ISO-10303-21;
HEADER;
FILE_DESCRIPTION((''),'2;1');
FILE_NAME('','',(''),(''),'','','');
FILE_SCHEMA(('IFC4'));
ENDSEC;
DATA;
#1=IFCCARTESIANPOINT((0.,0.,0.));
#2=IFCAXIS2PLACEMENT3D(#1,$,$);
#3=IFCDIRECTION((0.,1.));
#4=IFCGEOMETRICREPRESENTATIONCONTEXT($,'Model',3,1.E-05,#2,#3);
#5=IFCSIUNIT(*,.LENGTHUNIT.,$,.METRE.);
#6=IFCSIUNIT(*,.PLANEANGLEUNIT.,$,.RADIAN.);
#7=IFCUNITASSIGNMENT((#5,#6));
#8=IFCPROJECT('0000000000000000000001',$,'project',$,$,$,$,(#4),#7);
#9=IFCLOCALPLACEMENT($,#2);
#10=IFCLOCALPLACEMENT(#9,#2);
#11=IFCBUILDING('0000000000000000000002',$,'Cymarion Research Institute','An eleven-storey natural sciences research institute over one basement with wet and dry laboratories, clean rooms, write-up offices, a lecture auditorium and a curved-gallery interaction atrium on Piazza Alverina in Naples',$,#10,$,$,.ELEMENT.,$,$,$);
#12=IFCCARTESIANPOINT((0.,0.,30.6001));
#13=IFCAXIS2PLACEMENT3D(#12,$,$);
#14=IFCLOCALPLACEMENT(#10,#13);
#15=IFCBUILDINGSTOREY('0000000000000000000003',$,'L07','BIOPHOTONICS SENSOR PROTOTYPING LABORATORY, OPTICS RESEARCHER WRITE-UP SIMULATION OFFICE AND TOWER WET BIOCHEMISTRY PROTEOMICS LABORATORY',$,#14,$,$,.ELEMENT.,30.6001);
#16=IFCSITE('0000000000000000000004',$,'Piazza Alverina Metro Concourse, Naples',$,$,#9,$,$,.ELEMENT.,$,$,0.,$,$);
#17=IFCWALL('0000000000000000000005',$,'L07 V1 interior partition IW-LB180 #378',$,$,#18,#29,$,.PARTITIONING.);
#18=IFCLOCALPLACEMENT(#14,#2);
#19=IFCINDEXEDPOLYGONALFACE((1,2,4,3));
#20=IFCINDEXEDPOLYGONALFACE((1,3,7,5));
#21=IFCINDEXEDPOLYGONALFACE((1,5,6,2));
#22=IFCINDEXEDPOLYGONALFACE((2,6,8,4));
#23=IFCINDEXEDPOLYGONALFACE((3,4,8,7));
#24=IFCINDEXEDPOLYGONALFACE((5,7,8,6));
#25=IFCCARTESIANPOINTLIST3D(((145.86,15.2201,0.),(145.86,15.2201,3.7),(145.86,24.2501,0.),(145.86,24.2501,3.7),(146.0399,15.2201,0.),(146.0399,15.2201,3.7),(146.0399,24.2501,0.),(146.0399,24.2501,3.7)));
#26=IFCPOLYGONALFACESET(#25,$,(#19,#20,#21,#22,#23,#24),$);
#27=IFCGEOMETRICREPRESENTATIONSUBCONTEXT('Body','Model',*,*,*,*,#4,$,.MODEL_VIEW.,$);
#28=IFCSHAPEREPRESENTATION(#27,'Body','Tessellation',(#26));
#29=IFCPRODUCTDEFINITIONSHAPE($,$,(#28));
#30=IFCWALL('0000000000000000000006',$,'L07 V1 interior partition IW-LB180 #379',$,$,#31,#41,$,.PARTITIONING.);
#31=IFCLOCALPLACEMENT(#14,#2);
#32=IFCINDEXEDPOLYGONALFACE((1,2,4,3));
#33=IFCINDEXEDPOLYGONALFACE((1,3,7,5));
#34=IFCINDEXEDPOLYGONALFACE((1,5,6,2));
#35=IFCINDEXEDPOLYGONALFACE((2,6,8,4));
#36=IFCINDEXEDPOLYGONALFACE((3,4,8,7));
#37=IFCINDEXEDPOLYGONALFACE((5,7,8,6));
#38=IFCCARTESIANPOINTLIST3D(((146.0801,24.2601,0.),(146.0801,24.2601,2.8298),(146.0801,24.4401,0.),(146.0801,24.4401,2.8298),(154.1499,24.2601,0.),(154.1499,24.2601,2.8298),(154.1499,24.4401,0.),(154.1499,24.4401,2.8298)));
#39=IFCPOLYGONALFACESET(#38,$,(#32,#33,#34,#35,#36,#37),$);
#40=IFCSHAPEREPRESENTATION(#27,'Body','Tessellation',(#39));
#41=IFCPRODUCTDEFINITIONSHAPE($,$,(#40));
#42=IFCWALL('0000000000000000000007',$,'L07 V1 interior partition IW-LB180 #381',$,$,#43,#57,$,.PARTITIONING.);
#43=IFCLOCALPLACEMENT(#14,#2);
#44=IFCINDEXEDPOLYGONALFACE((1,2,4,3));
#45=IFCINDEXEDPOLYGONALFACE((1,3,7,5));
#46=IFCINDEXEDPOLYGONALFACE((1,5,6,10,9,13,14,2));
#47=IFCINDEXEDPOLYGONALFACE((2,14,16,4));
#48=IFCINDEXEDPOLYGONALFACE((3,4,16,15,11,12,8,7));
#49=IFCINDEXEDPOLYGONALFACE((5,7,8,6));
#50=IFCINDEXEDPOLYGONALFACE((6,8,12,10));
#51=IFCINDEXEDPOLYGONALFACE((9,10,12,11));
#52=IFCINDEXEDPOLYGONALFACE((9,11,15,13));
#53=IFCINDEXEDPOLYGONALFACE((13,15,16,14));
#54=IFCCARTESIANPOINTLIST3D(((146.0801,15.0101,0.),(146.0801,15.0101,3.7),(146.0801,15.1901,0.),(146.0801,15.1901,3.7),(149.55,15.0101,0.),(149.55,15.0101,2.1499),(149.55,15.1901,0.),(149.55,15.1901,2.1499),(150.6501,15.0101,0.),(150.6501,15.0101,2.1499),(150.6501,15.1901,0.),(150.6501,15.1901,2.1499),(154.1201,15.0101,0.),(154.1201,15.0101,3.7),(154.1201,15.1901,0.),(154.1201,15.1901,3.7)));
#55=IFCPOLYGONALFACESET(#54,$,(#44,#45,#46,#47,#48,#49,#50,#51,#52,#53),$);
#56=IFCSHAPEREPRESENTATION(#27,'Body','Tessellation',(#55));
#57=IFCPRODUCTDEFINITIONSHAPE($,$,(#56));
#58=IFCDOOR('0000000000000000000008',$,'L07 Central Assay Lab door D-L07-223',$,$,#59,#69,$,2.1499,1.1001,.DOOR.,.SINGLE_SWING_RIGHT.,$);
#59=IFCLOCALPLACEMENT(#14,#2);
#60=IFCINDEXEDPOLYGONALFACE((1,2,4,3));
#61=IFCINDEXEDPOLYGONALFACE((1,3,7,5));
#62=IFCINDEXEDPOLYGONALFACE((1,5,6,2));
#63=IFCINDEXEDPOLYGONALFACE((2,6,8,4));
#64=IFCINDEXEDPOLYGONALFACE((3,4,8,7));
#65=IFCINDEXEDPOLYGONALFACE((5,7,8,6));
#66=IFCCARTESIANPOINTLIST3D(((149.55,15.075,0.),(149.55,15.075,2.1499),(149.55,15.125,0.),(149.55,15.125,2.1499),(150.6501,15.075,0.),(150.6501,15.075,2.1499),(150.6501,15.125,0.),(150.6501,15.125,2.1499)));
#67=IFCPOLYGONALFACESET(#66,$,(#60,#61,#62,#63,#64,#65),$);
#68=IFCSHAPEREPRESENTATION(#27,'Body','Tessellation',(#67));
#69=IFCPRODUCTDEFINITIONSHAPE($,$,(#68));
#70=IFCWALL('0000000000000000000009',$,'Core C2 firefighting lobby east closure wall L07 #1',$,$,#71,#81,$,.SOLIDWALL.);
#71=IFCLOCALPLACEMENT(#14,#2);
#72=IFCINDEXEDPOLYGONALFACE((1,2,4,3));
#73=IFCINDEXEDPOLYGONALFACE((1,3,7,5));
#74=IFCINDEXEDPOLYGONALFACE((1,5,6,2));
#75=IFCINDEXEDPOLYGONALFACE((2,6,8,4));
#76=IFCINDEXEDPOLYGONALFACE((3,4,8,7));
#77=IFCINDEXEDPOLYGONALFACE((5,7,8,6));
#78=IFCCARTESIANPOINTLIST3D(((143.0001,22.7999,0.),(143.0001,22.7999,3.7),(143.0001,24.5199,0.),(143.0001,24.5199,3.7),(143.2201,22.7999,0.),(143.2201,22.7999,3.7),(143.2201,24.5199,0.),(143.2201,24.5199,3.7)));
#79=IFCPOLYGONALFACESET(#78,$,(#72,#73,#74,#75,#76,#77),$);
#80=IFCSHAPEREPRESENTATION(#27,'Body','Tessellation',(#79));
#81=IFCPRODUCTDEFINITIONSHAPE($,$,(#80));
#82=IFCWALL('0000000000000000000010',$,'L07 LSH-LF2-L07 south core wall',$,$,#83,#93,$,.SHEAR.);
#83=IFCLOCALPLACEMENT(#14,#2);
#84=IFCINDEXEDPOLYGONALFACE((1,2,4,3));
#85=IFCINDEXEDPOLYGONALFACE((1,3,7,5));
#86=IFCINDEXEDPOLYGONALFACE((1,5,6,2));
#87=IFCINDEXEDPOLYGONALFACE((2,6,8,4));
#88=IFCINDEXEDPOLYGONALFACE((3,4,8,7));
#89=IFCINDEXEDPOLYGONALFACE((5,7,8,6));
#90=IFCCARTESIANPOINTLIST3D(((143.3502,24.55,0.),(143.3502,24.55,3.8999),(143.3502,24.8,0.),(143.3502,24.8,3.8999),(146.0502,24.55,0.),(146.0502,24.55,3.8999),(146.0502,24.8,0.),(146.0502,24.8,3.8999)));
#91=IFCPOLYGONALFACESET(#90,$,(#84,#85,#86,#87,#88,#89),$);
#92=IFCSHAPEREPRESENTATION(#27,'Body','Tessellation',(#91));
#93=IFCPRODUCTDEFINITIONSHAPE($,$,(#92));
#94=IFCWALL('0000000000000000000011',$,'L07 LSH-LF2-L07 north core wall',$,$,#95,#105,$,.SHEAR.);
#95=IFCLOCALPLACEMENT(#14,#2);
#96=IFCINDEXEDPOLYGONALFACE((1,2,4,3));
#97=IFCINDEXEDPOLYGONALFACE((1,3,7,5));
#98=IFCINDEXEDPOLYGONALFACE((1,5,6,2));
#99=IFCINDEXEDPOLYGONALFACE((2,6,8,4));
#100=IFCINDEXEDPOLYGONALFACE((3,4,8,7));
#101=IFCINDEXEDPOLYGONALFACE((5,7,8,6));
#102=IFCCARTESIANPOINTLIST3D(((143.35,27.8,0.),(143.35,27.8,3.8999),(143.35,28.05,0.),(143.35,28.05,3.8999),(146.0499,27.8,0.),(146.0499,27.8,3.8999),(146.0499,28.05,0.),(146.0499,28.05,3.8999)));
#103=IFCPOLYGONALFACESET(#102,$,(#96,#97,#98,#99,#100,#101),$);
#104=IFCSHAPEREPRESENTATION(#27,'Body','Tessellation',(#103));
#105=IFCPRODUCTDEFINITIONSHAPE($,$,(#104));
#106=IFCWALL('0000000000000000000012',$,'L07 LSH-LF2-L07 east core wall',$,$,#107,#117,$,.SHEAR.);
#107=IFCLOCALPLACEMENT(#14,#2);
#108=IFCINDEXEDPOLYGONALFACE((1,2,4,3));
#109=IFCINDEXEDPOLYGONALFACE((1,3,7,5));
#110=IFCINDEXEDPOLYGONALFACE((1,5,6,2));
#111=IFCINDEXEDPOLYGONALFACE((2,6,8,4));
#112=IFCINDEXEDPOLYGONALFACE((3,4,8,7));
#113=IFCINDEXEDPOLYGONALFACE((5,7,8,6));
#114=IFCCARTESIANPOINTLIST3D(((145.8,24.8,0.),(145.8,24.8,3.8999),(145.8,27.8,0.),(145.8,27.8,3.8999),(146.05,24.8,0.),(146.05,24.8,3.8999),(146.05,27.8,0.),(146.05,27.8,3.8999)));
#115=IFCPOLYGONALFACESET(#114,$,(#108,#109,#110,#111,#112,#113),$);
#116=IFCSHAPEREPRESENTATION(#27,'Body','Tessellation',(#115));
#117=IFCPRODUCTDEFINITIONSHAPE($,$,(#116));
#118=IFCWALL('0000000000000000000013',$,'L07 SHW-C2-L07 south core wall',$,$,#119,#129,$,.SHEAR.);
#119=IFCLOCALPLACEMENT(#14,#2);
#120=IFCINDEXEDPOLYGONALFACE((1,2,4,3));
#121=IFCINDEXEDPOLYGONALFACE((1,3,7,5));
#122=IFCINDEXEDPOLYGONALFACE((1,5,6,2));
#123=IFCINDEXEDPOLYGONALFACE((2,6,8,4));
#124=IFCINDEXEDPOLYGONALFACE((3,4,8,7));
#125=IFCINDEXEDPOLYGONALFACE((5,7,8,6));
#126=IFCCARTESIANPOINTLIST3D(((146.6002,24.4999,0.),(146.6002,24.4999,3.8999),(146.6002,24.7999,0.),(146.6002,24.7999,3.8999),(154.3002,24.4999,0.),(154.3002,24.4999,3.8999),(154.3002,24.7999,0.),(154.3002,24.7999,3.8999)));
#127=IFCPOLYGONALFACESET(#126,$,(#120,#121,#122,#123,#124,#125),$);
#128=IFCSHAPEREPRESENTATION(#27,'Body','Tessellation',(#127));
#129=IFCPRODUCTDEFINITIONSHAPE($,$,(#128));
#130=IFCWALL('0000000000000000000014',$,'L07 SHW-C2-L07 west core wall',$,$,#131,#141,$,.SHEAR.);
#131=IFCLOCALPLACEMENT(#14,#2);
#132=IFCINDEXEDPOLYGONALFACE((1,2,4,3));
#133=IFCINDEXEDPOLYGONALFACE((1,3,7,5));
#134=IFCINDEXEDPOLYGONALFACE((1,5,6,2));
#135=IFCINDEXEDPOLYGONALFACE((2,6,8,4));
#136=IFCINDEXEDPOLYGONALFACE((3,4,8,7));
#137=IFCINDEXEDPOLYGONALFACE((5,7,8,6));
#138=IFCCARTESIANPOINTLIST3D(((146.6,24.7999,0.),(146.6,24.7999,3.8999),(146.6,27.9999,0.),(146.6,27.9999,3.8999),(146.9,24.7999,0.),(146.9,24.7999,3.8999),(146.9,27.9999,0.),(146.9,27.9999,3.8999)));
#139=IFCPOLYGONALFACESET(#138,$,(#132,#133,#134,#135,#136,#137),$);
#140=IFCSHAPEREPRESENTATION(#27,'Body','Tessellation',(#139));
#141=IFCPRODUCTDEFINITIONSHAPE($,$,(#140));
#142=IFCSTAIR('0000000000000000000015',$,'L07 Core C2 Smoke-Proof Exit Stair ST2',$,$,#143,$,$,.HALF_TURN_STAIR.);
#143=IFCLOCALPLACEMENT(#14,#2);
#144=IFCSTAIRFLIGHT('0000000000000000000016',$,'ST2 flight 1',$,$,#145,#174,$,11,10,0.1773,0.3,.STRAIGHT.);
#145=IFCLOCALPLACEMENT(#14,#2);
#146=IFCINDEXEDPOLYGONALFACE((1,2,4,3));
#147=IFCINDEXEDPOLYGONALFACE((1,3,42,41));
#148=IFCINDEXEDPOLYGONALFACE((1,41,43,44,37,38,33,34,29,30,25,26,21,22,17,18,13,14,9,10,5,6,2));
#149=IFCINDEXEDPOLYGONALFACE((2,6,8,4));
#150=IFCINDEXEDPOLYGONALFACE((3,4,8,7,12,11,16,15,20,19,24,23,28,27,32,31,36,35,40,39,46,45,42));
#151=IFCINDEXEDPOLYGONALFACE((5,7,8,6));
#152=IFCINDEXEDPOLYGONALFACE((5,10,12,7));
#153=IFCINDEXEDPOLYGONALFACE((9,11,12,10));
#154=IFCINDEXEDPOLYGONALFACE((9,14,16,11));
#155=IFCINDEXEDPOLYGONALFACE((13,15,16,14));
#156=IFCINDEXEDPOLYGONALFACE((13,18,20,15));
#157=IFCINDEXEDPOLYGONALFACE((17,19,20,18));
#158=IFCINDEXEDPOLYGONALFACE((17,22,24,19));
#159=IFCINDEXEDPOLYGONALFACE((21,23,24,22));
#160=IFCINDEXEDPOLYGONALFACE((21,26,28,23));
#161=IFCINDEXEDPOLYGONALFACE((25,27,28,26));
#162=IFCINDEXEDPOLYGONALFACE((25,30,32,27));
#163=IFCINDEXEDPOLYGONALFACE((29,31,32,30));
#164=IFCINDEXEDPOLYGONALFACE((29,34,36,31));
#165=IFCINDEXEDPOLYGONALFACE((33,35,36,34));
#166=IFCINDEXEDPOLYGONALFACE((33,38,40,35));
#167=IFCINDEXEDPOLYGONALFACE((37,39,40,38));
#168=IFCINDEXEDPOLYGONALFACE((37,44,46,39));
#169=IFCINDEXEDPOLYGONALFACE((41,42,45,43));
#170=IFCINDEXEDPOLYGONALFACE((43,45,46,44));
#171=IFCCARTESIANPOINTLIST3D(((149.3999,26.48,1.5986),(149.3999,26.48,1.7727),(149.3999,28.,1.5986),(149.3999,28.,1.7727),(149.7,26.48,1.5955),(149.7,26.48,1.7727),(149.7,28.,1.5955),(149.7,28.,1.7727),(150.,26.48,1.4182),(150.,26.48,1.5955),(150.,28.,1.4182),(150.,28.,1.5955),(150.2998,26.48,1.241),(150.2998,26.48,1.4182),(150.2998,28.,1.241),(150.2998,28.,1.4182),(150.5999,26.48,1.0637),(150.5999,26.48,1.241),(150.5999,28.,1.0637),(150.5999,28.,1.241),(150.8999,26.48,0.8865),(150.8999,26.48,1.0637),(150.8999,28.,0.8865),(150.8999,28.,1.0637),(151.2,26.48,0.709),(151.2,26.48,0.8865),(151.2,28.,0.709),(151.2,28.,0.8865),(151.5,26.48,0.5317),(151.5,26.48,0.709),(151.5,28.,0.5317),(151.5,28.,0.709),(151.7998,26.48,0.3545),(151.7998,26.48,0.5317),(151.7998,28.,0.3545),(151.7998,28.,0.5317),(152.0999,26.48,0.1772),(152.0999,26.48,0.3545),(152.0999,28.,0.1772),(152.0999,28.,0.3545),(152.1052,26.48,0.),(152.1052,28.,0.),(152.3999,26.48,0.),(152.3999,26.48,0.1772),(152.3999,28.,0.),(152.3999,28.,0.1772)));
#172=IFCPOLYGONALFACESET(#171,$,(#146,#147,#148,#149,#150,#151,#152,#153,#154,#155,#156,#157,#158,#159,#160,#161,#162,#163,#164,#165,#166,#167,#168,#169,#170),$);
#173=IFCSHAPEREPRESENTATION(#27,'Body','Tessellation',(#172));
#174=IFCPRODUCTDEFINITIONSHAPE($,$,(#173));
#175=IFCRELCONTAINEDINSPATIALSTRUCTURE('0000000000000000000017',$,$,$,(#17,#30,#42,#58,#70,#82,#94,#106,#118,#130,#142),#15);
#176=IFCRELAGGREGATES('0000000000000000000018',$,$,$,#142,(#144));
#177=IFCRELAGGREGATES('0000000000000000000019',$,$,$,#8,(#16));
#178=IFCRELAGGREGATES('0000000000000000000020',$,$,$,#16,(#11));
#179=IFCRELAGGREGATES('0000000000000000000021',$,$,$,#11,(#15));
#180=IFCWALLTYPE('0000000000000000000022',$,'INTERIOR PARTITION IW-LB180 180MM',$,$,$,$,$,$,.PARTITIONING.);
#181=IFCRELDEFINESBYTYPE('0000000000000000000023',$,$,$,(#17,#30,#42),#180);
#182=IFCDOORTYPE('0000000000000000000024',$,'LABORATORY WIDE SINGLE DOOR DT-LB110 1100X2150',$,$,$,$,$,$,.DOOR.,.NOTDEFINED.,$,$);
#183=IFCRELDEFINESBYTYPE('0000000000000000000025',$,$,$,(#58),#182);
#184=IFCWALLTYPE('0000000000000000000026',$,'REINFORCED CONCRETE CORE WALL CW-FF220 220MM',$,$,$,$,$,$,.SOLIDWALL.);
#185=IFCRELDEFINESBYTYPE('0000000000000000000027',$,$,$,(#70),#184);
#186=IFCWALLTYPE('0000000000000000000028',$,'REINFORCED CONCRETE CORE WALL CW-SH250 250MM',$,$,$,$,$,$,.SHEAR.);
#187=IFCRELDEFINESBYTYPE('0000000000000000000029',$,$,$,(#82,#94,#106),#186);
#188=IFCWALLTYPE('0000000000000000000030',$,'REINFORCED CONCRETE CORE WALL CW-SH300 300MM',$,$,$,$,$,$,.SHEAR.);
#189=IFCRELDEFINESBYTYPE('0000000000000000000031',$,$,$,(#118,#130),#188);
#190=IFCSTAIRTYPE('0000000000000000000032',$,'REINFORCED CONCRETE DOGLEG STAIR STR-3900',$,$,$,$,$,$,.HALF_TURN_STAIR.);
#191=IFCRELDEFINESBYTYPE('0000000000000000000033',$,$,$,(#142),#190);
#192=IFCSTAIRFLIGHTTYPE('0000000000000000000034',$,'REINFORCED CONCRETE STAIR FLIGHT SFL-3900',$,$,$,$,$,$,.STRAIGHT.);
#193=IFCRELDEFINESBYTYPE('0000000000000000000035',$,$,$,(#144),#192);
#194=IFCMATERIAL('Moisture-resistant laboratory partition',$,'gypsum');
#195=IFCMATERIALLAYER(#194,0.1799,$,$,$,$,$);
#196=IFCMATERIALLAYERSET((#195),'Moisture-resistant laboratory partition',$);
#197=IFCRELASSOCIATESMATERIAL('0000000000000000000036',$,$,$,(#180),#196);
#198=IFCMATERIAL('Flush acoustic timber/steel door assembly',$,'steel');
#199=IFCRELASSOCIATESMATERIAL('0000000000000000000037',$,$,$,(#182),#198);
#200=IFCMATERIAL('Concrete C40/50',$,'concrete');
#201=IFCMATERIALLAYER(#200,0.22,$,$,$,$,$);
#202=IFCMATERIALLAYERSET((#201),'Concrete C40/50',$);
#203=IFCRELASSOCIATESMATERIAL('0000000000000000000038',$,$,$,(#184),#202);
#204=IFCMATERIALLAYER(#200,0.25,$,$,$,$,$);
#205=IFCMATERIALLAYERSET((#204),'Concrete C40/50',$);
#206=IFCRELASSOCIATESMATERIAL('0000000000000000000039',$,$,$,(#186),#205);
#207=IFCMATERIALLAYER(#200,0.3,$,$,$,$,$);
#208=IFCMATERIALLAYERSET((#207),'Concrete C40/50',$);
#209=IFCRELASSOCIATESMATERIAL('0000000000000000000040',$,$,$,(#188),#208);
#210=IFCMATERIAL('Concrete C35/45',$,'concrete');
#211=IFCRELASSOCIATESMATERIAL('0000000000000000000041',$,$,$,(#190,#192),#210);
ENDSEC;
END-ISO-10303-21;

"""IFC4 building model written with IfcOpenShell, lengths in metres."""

from ifc_helpers import new_model, si_unit, direction, frame, frame_2d, origin, place, context, subcontext, project, spatial, polyline, rectangle, outline, extrude, material, layer, layer_set, type_object, element, fill, aggregate, save


model = new_model("IFC4")

# Units and contexts
model_context = context("Model", 3, precision=1e-05, world=origin(), true_north=direction((0.0, 1.0)))
body_context = subcontext(model_context, "Body", "Model", "MODEL_VIEW")
ifc_project = project(units=[si_unit("LENGTHUNIT", "METRE"), si_unit("PLANEANGLEUNIT", "RADIAN")], contexts=[model_context])

# Site, building, storey
site_placement = place(None, origin())
site = spatial("IfcSite", under=ifc_project, at=site_placement, Name="Piazza Alverina Metro Concourse, Naples", CompositionType="ELEMENT", RefElevation=0.0)
building_placement = place(site_placement, origin())
building = spatial("IfcBuilding", under=site, at=building_placement, Name="Cymarion Research Institute", Description="An eleven-storey natural sciences research institute over one basement with wet and dry laboratories, clean rooms, write-up offices, a lecture auditorium and a curved-gallery interaction atrium on Piazza Alverina in Naples", CompositionType="ELEMENT")
storey_placement = place(building_placement, frame((0.0, 0.0, 30.6001)))
storey = spatial("IfcBuildingStorey", under=building, at=storey_placement, Name="L07", Description="BIOPHOTONICS SENSOR PROTOTYPING LABORATORY, OPTICS RESEARCHER WRITE-UP SIMULATION OFFICE AND TOWER WET BIOCHEMISTRY PROTEOMICS LABORATORY", CompositionType="ELEMENT", Elevation=30.6001)

# Shared definitions
ifc_material_1 = material(Name="Concrete C40/50", Category="concrete")

# Walls
ifc_material_2 = material(Name="Moisture-resistant laboratory partition", Category="gypsum")
ifc_layer_1 = layer(ifc_material_2, 0.1799)
ifc_layer_set_1 = layer_set([ifc_layer_1], Name="Moisture-resistant laboratory partition")
wall_type_1 = type_object("IfcWallType", Name="INTERIOR PARTITION IW-LB180 180MM", PredefinedType="PARTITIONING", material=ifc_layer_set_1)
wall_1_placement = place(storey_placement, frame((145.95, 15.22, 0.0), z_axis=(0.0, 0.0, 1.0), x_axis=(0.0, 1.0, 0.0)))
element("IfcWall", 1, at=wall_1_placement, inside=storey, type_object=wall_type_1, Name="L07 V1 interior partition IW-LB180 #378", PredefinedType="PARTITIONING", context=body_context, shape_type="SweptSolid", body=[
    extrude(rectangle(XDim=9.03, YDim=0.1799, at=frame_2d((4.5151, 0.0))), origin(), (0.0, 0.0, 1.0), 3.7),
])
wall_2_placement = place(storey_placement, frame((146.0801, 24.3501, 0.0), z_axis=(0.0, 0.0, 1.0), x_axis=(1.0, 0.0, 0.0)))
element("IfcWall", 2, at=wall_2_placement, inside=storey, type_object=wall_type_1, Name="L07 V1 interior partition IW-LB180 #379", PredefinedType="PARTITIONING", context=body_context, shape_type="SweptSolid", body=[
    extrude(rectangle(XDim=8.0698, YDim=0.1799, at=frame_2d((4.0349, 0.0))), origin(), (0.0, 0.0, 1.0), 2.8298),
])

# Wall, opening, door
wall_3_placement = place(storey_placement, frame((146.0801, 15.1001, 0.0), z_axis=(0.0, 0.0, 1.0), x_axis=(1.0, 0.0, 0.0)))
wall_3 = element("IfcWall", 3, at=wall_3_placement, inside=storey, type_object=wall_type_1, Name="L07 V1 interior partition IW-LB180 #381", PredefinedType="PARTITIONING", context=body_context, shape_type="SweptSolid", body=[
    extrude(rectangle(XDim=8.04, YDim=0.1799, at=frame_2d((4.02, 0.0))), origin(), (0.0, 0.0, 1.0), 3.7),
])
opening_1_placement = place(wall_3_placement, frame((3.47, 0.0, 0.0)))
opening_1 = element("IfcOpeningElement", 4, at=opening_1_placement, cuts=wall_3, PredefinedType="OPENING", context=body_context, shape_type="SweptSolid", body=[
    extrude(rectangle(XDim=1.1001, YDim=2.1499, at=frame_2d((0.55, 1.075))), frame((0.0, 0.0999, 0.0), z_axis=(0.0, -1.0, 0.0), x_axis=(1.0, 0.0, 0.0)), (0.0, 0.0, 1.0), 0.2),
])
ifc_material_3 = material(Name="Flush acoustic timber/steel door assembly", Category="steel")
door_type_1 = type_object("IfcDoorType", Name="LABORATORY WIDE SINGLE DOOR DT-LB110 1100X2150", OperationType="NOTDEFINED", PredefinedType="DOOR", material=ifc_material_3)
door_1_placement = place(opening_1_placement, origin())
door_1 = element("IfcDoor", 5, at=door_1_placement, inside=storey, type_object=door_type_1, Name="L07 Central Assay Lab door D-L07-223", OperationType="SINGLE_SWING_RIGHT", OverallHeight=2.1499, OverallWidth=1.1001, PredefinedType="DOOR", context=body_context, shape_type="SweptSolid", body=[
    extrude(rectangle(XDim=1.1001, YDim=2.1499, at=frame_2d((0.55, 1.075))), frame((0.0, 0.0249, 0.0), z_axis=(0.0, -1.0, 0.0), x_axis=(1.0, 0.0, 0.0)), (0.0, 0.0, 1.0), 0.05),
])
fill(opening_1, door_1)

# Walls
ifc_layer_2 = layer(ifc_material_1, 0.22)
ifc_layer_set_2 = layer_set([ifc_layer_2], Name="Concrete C40/50")
wall_type_2 = type_object("IfcWallType", Name="REINFORCED CONCRETE CORE WALL CW-FF220 220MM", PredefinedType="SOLIDWALL", material=ifc_layer_set_2)
wall_4_placement = place(storey_placement, frame((143.1101, 22.8, 0.0), z_axis=(0.0, 0.0, 1.0), x_axis=(0.0, 1.0, 0.0)))
element("IfcWall", 6, at=wall_4_placement, inside=storey, type_object=wall_type_2, Name="Core C2 firefighting lobby east closure wall L07 #1", PredefinedType="SOLIDWALL", context=body_context, shape_type="SweptSolid", body=[
    extrude(rectangle(XDim=1.72, YDim=0.22, at=frame_2d((0.8599, 0.0))), origin(), (0.0, 0.0, 1.0), 3.7),
])
ifc_layer_3 = layer(ifc_material_1, 0.25)
ifc_layer_set_3 = layer_set([ifc_layer_3], Name="Concrete C40/50")
wall_type_3 = type_object("IfcWallType", Name="REINFORCED CONCRETE CORE WALL CW-SH250 250MM", PredefinedType="SHEAR", material=ifc_layer_set_3)
for number, where, z_axis, x_axis, name in (
    (7, (143.3501, 24.675, 0.0), (0.0, 0.0, 1.0), (1.0, 0.0, 0.0), "L07 LSH-LF2-L07 south core wall"),
    (8, (146.05, 27.925, 0.0), (0.0, 0.0, 1.0), (-1.0, 0.0, 0.0), "L07 LSH-LF2-L07 north core wall"),
):
    element("IfcWall", number, at=place(storey_placement, frame(where, z_axis=z_axis, x_axis=x_axis)), inside=storey, type_object=wall_type_3, Name=name, PredefinedType="SHEAR", context=body_context, shape_type="SweptSolid", body=[
        extrude(rectangle(XDim=2.7, YDim=0.25, at=frame_2d((1.3501, 0.0))), origin(), (0.0, 0.0, 1.0), 3.8999),
    ])

# Walls
wall_5_placement = place(storey_placement, frame((145.925, 24.8, 0.0), z_axis=(0.0, 0.0, 1.0), x_axis=(0.0, 1.0, 0.0)))
element("IfcWall", 9, at=wall_5_placement, inside=storey, type_object=wall_type_3, Name="L07 LSH-LF2-L07 east core wall", PredefinedType="SHEAR", context=body_context, shape_type="SweptSolid", body=[
    extrude(rectangle(XDim=3.0, YDim=0.25, at=frame_2d((1.5, 0.0))), origin(), (0.0, 0.0, 1.0), 3.8999),
])
ifc_layer_4 = layer(ifc_material_1, 0.3)
ifc_layer_set_4 = layer_set([ifc_layer_4], Name="Concrete C40/50")
wall_type_4 = type_object("IfcWallType", Name="REINFORCED CONCRETE CORE WALL CW-SH300 300MM", PredefinedType="SHEAR", material=ifc_layer_set_4)
wall_6_placement = place(storey_placement, frame((146.6001, 24.6499, 0.0), z_axis=(0.0, 0.0, 1.0), x_axis=(1.0, 0.0, 0.0)))
element("IfcWall", 10, at=wall_6_placement, inside=storey, type_object=wall_type_4, Name="L07 SHW-C2-L07 south core wall", PredefinedType="SHEAR", context=body_context, shape_type="SweptSolid", body=[
    extrude(rectangle(XDim=7.7, YDim=0.3, at=frame_2d((3.8501, 0.0))), origin(), (0.0, 0.0, 1.0), 3.8999),
])
wall_7_placement = place(storey_placement, frame((146.75, 28.0, 0.0), z_axis=(0.0, 0.0, 1.0), x_axis=(0.0, -1.0, 0.0)))
element("IfcWall", 11, at=wall_7_placement, inside=storey, type_object=wall_type_4, Name="L07 SHW-C2-L07 west core wall", PredefinedType="SHEAR", context=body_context, shape_type="SweptSolid", body=[
    extrude(rectangle(XDim=3.2, YDim=0.3, at=frame_2d((1.6001, 0.0))), origin(), (0.0, 0.0, 1.0), 3.8999),
])

# Stair, stair flight
ifc_material_4 = material(Name="Concrete C35/45", Category="concrete")
stair_type = type_object("IfcStairType", Name="REINFORCED CONCRETE DOGLEG STAIR STR-3900", PredefinedType="HALF_TURN_STAIR", material=ifc_material_4)
stair_placement = place(storey_placement, origin())
stair = element("IfcStair", 12, at=stair_placement, inside=storey, type_object=stair_type, Name="L07 Core C2 Smoke-Proof Exit Stair ST2", PredefinedType="HALF_TURN_STAIR")
stair_flight_type = type_object("IfcStairFlightType", Name="REINFORCED CONCRETE STAIR FLIGHT SFL-3900", PredefinedType="STRAIGHT", material=ifc_material_4)
stair_flight_1_placement = place(storey_placement, frame((152.3999, 27.24, 0.0), z_axis=(0.0, 0.0, 1.0), x_axis=(-1.0, 0.0, 0.0)))
stair_flight_1 = element("IfcStairFlight", 13, at=stair_flight_1_placement, type_object=stair_flight_type, Name="ST2 flight 1", NumberOfRisers=11, NumberOfTreads=10, PredefinedType="STRAIGHT", RiserHeight=0.1773, TreadLength=0.3, context=body_context, shape_type="SweptSolid", body=[
    extrude(outline(polyline([(0.0, 0.0), (0.0, 0.1772), (0.3, 0.1772), (0.3, 0.3545), (0.6001, 0.3545), (0.6001, 0.5317), (0.8999, 0.5317), (0.8999, 0.709), (1.2, 0.709), (1.2, 0.8865), (1.5, 0.8865), (1.5, 1.0637), (1.8, 1.0637), (1.8, 1.241), (2.1001, 1.241), (2.1001, 1.4182), (2.3999, 1.4182), (2.3999, 1.5955), (2.7, 1.5955), (2.7, 1.7727), (3.0, 1.7727), (3.0, 1.95), (3.0, 1.5986), (0.2947, 0.0), (0.0, 0.0)])), frame((0.0, 0.76, 0.0), z_axis=(0.0, -1.0, 0.0), x_axis=(1.0, 0.0, 0.0)), (0.0, 0.0, 1.0), 1.52),
])
aggregate(stair, [stair_flight_1])

save(model, "model.ifc")
